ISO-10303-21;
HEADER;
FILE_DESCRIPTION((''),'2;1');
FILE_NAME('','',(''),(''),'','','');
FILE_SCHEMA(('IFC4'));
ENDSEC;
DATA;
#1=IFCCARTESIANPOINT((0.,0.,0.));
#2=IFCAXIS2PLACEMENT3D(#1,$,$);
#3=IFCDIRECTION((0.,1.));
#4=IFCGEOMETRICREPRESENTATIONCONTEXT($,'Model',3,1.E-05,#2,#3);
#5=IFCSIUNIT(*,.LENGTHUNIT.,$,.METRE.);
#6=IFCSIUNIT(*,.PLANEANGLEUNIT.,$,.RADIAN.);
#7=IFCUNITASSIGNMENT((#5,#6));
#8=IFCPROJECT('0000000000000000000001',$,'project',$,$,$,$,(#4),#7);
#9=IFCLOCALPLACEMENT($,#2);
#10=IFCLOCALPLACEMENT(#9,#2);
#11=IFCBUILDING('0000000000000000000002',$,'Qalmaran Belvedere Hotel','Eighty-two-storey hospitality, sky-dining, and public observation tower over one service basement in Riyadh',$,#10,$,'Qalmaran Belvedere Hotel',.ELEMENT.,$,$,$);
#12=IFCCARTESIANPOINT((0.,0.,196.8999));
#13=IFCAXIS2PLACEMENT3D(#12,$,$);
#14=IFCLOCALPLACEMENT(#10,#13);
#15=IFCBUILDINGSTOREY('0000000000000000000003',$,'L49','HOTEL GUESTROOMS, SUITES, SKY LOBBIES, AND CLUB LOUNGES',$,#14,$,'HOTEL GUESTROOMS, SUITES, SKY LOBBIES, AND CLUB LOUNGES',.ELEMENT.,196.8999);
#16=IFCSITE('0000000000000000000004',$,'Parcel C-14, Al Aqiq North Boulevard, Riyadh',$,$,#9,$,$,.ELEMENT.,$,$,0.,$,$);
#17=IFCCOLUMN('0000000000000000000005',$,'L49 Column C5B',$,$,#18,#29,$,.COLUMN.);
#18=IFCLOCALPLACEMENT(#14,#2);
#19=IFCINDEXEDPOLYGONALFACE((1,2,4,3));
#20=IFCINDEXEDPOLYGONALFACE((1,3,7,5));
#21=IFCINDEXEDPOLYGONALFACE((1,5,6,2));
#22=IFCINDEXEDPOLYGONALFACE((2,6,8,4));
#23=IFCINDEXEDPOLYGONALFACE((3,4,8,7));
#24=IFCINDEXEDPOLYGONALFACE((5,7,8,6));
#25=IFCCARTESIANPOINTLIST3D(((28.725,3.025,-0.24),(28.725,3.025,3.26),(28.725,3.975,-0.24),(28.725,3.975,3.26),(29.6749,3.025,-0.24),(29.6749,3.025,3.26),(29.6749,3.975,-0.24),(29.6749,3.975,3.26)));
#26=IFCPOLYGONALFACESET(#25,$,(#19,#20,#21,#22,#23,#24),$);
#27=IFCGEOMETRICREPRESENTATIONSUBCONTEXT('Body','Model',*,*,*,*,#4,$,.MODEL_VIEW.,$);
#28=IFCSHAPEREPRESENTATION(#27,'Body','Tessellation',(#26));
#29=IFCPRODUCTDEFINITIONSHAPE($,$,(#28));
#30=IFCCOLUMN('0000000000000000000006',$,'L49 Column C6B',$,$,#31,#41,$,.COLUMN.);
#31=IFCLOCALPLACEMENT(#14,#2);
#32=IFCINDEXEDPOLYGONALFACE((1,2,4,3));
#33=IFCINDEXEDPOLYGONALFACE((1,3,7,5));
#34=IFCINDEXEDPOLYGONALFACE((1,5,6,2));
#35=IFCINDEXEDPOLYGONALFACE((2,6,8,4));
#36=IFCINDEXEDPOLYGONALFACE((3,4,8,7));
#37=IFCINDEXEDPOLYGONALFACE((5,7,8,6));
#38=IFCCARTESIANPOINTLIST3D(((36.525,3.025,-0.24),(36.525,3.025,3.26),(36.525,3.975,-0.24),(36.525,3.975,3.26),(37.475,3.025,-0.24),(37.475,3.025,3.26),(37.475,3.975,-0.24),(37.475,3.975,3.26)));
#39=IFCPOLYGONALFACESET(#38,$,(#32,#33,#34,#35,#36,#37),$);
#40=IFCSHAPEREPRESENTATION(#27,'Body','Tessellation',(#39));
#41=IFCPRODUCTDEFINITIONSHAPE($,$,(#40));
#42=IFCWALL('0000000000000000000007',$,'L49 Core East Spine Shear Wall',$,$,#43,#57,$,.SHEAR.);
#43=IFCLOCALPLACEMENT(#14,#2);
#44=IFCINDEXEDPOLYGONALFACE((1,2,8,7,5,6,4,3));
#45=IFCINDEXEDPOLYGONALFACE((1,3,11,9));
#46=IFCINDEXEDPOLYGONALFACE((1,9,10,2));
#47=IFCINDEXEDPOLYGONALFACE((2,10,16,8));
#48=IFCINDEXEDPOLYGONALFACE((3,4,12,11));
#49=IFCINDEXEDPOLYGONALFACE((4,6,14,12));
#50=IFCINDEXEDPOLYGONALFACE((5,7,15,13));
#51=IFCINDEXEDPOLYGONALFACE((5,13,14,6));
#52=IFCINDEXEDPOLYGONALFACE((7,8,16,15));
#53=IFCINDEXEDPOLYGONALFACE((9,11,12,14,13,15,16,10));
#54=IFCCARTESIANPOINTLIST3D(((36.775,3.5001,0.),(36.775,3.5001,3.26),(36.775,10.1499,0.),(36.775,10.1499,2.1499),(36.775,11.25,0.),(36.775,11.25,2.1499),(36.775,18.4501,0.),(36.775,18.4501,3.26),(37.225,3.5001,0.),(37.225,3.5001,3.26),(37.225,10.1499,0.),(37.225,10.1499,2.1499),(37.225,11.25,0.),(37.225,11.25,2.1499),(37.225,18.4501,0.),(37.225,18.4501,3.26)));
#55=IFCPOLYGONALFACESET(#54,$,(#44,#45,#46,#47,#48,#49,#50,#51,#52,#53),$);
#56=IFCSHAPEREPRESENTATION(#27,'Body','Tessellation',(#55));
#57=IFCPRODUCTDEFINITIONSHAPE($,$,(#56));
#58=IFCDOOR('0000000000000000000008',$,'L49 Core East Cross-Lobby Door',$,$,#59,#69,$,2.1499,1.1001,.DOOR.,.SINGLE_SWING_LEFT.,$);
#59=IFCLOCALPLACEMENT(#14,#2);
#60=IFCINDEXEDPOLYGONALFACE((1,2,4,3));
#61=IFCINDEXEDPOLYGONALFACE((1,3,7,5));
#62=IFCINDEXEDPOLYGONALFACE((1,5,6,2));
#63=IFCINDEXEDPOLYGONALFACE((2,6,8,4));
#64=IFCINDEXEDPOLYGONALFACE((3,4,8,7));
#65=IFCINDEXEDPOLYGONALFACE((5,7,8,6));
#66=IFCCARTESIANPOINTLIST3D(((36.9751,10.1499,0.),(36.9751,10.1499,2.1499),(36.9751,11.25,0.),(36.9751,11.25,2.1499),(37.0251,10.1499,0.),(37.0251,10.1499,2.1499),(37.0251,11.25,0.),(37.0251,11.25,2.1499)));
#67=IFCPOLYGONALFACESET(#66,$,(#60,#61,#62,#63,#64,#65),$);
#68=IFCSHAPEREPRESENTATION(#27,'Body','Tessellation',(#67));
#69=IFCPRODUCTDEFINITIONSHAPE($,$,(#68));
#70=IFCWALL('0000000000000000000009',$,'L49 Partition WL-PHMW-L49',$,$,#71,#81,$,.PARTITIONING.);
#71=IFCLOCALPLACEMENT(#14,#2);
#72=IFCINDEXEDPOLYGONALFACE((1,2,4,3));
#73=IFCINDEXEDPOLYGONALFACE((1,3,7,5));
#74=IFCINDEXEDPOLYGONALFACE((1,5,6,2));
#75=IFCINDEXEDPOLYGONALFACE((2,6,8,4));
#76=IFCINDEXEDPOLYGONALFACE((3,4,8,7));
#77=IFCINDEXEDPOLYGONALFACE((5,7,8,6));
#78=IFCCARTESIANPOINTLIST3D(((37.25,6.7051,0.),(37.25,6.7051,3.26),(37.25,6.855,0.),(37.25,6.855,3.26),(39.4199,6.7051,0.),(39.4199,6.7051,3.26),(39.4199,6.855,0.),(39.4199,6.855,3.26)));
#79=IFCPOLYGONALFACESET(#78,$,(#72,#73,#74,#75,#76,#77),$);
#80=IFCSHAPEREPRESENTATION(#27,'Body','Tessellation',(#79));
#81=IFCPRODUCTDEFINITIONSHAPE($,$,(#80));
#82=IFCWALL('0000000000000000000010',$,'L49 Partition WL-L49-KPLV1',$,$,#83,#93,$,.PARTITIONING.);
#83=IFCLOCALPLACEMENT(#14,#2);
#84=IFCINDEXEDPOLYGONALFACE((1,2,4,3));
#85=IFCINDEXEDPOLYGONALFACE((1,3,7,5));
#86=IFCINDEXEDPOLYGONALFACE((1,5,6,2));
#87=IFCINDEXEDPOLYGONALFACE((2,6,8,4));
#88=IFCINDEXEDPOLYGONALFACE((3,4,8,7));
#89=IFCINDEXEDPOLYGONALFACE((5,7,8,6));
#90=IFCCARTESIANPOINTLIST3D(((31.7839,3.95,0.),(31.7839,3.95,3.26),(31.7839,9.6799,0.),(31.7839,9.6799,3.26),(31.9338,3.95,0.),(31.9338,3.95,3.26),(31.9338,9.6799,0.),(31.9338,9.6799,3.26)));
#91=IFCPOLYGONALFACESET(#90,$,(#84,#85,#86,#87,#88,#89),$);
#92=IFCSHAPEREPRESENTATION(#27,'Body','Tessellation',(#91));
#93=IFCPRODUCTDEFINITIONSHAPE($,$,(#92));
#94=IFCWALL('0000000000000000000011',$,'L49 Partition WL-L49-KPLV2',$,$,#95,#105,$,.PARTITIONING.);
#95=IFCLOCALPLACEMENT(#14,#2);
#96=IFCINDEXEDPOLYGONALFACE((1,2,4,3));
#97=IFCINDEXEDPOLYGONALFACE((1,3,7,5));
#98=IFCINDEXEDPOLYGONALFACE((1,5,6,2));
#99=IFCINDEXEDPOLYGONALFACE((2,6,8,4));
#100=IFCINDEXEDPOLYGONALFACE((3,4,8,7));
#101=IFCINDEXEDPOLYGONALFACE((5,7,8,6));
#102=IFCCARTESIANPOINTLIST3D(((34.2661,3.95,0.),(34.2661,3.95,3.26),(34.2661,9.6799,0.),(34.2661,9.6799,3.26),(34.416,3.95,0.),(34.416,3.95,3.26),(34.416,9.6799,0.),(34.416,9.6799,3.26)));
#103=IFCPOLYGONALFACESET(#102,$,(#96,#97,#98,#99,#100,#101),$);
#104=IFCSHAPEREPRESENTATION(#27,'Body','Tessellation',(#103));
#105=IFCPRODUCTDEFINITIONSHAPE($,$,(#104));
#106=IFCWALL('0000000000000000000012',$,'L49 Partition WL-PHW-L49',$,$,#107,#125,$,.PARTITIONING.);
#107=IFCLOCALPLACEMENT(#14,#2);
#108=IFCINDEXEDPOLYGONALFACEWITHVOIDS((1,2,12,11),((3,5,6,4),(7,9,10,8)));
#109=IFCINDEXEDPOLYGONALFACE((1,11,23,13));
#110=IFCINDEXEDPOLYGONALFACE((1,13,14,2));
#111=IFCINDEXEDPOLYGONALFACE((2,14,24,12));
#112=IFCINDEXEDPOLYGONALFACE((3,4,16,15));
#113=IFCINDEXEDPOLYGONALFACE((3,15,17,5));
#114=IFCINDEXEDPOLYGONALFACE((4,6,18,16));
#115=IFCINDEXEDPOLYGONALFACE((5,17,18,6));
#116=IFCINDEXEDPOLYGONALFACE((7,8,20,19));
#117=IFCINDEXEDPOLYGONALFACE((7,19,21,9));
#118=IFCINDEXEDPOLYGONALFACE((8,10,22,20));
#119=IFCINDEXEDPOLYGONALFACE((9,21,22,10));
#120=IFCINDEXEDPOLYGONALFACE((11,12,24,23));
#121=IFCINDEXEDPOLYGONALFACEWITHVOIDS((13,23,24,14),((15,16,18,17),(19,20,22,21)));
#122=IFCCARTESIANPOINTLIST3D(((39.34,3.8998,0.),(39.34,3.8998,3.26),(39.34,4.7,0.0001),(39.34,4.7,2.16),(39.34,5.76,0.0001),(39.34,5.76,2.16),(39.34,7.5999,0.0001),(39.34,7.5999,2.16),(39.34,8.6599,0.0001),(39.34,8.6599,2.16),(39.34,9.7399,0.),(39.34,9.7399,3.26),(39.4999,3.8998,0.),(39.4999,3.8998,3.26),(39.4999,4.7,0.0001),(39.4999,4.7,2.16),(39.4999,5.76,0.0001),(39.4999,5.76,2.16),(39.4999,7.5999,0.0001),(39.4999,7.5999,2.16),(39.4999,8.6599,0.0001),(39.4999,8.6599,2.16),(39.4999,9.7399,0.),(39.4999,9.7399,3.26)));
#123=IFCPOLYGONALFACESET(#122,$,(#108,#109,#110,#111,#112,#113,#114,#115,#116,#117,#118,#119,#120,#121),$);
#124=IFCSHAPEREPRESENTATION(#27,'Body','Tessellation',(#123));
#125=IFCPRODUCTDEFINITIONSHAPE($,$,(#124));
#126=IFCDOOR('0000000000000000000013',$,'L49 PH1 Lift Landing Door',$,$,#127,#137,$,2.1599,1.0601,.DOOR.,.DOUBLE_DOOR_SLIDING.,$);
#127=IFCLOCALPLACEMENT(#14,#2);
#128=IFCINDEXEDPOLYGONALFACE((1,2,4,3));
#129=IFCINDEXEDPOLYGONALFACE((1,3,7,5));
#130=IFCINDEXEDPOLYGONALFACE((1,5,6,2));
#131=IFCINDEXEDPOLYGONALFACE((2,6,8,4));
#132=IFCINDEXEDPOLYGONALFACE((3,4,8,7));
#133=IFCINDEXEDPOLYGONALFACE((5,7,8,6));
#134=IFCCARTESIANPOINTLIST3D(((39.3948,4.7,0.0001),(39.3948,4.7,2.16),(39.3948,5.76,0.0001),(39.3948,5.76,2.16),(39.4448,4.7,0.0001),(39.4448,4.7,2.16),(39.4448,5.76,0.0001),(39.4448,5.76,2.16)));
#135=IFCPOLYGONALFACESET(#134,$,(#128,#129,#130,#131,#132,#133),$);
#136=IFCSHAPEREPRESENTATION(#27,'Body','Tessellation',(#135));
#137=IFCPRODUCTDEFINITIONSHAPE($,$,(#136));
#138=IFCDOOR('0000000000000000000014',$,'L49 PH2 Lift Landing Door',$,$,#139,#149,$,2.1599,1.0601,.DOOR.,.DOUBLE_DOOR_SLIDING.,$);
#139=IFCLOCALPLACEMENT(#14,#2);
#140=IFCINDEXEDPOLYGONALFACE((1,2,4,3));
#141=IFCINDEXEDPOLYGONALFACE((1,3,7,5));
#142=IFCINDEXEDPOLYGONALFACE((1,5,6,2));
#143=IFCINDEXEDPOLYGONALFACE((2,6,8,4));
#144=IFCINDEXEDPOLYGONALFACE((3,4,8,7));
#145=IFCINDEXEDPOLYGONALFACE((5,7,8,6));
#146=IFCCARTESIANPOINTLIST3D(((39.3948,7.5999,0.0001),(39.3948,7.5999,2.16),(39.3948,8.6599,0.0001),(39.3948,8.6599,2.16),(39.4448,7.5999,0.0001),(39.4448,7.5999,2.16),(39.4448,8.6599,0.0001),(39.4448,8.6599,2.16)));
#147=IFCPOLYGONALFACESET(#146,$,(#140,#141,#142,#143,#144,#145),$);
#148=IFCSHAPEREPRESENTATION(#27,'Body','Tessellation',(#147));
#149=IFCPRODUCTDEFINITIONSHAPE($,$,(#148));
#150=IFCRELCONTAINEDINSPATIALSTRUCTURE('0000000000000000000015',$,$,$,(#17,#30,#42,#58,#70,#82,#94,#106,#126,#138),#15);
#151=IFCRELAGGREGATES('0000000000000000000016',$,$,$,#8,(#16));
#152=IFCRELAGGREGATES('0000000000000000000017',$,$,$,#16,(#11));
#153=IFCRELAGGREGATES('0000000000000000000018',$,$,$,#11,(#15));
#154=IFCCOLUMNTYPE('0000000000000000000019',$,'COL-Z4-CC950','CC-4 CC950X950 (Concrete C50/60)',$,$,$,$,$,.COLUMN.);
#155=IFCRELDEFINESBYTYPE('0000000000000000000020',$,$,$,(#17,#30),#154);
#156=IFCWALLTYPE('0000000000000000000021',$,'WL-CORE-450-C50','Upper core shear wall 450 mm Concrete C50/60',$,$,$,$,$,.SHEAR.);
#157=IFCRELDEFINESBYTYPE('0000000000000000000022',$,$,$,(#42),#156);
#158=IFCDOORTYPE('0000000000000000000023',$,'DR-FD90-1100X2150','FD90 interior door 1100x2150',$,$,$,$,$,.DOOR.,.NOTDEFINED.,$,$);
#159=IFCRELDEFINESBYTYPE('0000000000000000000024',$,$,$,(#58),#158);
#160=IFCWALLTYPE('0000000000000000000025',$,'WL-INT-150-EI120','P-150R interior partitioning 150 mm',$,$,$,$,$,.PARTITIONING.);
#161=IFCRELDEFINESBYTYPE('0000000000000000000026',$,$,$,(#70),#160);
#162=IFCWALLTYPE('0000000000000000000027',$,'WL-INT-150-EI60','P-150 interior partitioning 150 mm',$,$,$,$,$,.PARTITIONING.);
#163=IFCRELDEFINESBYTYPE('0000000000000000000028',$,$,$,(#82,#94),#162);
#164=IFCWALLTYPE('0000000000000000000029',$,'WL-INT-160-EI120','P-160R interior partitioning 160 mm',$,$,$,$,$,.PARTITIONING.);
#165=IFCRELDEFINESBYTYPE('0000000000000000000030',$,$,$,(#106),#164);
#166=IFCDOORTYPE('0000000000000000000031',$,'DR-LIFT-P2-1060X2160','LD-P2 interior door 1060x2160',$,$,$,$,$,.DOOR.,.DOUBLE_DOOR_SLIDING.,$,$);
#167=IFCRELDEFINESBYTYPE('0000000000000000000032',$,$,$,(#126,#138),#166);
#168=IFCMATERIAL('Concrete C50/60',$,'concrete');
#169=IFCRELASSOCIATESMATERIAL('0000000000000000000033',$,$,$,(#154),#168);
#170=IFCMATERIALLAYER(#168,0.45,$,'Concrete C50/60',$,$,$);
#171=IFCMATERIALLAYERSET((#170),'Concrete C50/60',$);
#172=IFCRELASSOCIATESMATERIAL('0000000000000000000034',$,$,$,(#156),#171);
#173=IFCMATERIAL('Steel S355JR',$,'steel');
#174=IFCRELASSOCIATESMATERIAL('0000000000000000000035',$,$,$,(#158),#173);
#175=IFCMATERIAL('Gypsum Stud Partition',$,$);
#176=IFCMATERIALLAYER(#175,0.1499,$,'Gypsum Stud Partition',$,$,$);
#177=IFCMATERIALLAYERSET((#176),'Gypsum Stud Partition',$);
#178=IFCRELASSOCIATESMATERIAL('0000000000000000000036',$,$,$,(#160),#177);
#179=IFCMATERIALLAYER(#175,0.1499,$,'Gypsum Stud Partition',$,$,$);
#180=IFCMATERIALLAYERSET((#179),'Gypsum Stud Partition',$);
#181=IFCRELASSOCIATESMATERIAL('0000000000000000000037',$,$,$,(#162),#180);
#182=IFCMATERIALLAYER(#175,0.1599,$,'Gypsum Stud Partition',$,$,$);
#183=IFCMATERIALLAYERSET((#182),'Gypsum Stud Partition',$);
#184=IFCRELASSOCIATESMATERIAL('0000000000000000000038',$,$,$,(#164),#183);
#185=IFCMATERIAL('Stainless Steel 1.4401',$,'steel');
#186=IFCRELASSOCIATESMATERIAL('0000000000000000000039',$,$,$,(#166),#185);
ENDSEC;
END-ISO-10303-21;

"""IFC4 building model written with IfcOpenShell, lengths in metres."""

from ifc_helpers import new_model, si_unit, direction, frame, frame_2d, origin, origin_2d, place, context, subcontext, project, spatial, rectangle, extrude, material, layer, layer_set, material_profile, profile_set, type_object, element, fill, save


model = new_model("IFC4")

# Units and contexts
model_context = context("Model", 3, precision=1e-05, world=origin(), true_north=direction((0.0, 1.0)))
body_context = subcontext(model_context, "Body", "Model", "MODEL_VIEW")
ifc_project = project(units=[si_unit("LENGTHUNIT", "METRE"), si_unit("PLANEANGLEUNIT", "RADIAN")], contexts=[model_context])

# Site, building, storey
site_placement = place(None, origin())
site = spatial("IfcSite", under=ifc_project, at=site_placement, Name="Parcel C-14, Al Aqiq North Boulevard, Riyadh", CompositionType="ELEMENT", RefElevation=0.0)
building_placement = place(site_placement, origin())
building = spatial("IfcBuilding", under=site, at=building_placement, Name="Qalmaran Belvedere Hotel", Description="Eighty-two-storey hospitality, sky-dining, and public observation tower over one service basement in Riyadh", LongName="Qalmaran Belvedere Hotel", CompositionType="ELEMENT")
storey_placement = place(building_placement, frame((0.0, 0.0, 196.8999)))
storey = spatial("IfcBuildingStorey", under=building, at=storey_placement, Name="L49", Description="HOTEL GUESTROOMS, SUITES, SKY LOBBIES, AND CLUB LOUNGES", LongName="HOTEL GUESTROOMS, SUITES, SKY LOBBIES, AND CLUB LOUNGES", CompositionType="ELEMENT", Elevation=196.8999)

# Columns
ifc_material_1 = material(Name="Concrete C50/60", Category="concrete")
ifc_material_profile = material_profile(ifc_material_1, rectangle(XDim=0.95, YDim=0.95, at=origin_2d()), Name="CC950X950")
ifc_profile_set = profile_set([ifc_material_profile], Name="Concrete C50/60")
column_type = type_object("IfcColumnType", Name="COL-Z4-CC950", Description="CC-4 CC950X950 (Concrete C50/60)", PredefinedType="COLUMN", material=ifc_profile_set)
for number, where, z_axis, x_axis, name in (
    (1, (29.2, 3.5, -0.24), (0.0, 0.0, 1.0), (1.0, 0.0, 0.0), "L49 Column C5B"),
    (2, (37.0, 3.5, -0.24), (0.0, 0.0, 1.0), (1.0, 0.0, 0.0), "L49 Column C6B"),
):
    element("IfcColumn", number, at=place(storey_placement, frame(where, z_axis=z_axis, x_axis=x_axis)), inside=storey, type_object=column_type, Name=name, PredefinedType="COLUMN", context=body_context, shape_type="SweptSolid", body=[
        extrude(rectangle(XDim=0.95, YDim=0.95, at=origin_2d()), origin(), (0.0, 0.0, 1.0), 3.5),
    ])

# Wall, opening, door
ifc_layer_1 = layer(ifc_material_1, 0.45, Name="Concrete C50/60")
ifc_layer_set_1 = layer_set([ifc_layer_1], Name="Concrete C50/60")
wall_type_1 = type_object("IfcWallType", Name="WL-CORE-450-C50", Description="Upper core shear wall 450 mm Concrete C50/60", PredefinedType="SHEAR", material=ifc_layer_set_1)
wall_1_placement = place(storey_placement, frame((37.0, 3.5, 0.0), z_axis=(0.0, 0.0, 1.0), x_axis=(0.0, 1.0, 0.0)))
wall_1 = element("IfcWall", 3, at=wall_1_placement, inside=storey, type_object=wall_type_1, Name="L49 Core East Spine Shear Wall", PredefinedType="SHEAR", context=body_context, shape_type="SweptSolid", body=[
    extrude(rectangle(XDim=14.95, YDim=0.45, at=frame_2d((7.4751, 0.0))), origin(), (0.0, 0.0, 1.0), 3.26),
])
opening_1_placement = place(wall_1_placement, frame((6.6499, 0.0, 0.0)))
opening_1 = element("IfcOpeningElement", 4, at=opening_1_placement, cuts=wall_1, PredefinedType="OPENING", context=body_context, shape_type="SweptSolid", body=[
    extrude(rectangle(XDim=1.1001, YDim=2.1499, at=frame_2d((0.55, 1.075))), frame((0.0, 0.2349, 0.0), z_axis=(0.0, -1.0, 0.0), x_axis=(1.0, 0.0, 0.0)), (0.0, 0.0, 1.0), 0.47),
])
ifc_material_2 = material(Name="Steel S355JR", Category="steel")
door_type_1 = type_object("IfcDoorType", Name="DR-FD90-1100X2150", Description="FD90 interior door 1100x2150", OperationType="NOTDEFINED", PredefinedType="DOOR", material=ifc_material_2)
door_1_placement = place(opening_1_placement, origin())
door_1 = element("IfcDoor", 5, at=door_1_placement, inside=storey, type_object=door_type_1, Name="L49 Core East Cross-Lobby Door", OperationType="SINGLE_SWING_LEFT", OverallHeight=2.1499, OverallWidth=1.1001, PredefinedType="DOOR", context=body_context, shape_type="SweptSolid", body=[
    extrude(rectangle(XDim=1.1001, YDim=2.1499, at=frame_2d((0.55, 1.075))), frame((0.0, 0.0249, 0.0), z_axis=(0.0, -1.0, 0.0), x_axis=(1.0, 0.0, 0.0)), (0.0, 0.0, 1.0), 0.05),
])
fill(opening_1, door_1)

# Walls
ifc_material_3 = material(Name="Gypsum Stud Partition")
ifc_layer_2 = layer(ifc_material_3, 0.1499, Name="Gypsum Stud Partition")
ifc_layer_set_2 = layer_set([ifc_layer_2], Name="Gypsum Stud Partition")
wall_type_2 = type_object("IfcWallType", Name="WL-INT-150-EI120", Description="P-150R interior partitioning 150 mm", PredefinedType="PARTITIONING", material=ifc_layer_set_2)
wall_2_placement = place(storey_placement, frame((37.25, 6.78, 0.0), z_axis=(0.0, 0.0, 1.0), x_axis=(1.0, 0.0, 0.0)))
element("IfcWall", 6, at=wall_2_placement, inside=storey, type_object=wall_type_2, Name="L49 Partition WL-PHMW-L49", PredefinedType="PARTITIONING", context=body_context, shape_type="SweptSolid", body=[
    extrude(rectangle(XDim=2.1699, YDim=0.1499, at=frame_2d((1.085, 0.0))), origin(), (0.0, 0.0, 1.0), 3.26),
])
ifc_layer_3 = layer(ifc_material_3, 0.1499, Name="Gypsum Stud Partition")
ifc_layer_set_3 = layer_set([ifc_layer_3], Name="Gypsum Stud Partition")
wall_type_3 = type_object("IfcWallType", Name="WL-INT-150-EI60", Description="P-150 interior partitioning 150 mm", PredefinedType="PARTITIONING", material=ifc_layer_set_3)
for number, where, z_axis, x_axis, name in (
    (7, (31.8589, 3.95, 0.0), (0.0, 0.0, 1.0), (0.0, 1.0, 0.0), "L49 Partition WL-L49-KPLV1"),
    (8, (34.3411, 3.95, 0.0), (0.0, 0.0, 1.0), (0.0, 1.0, 0.0), "L49 Partition WL-L49-KPLV2"),
):
    element("IfcWall", number, at=place(storey_placement, frame(where, z_axis=z_axis, x_axis=x_axis)), inside=storey, type_object=wall_type_3, Name=name, PredefinedType="PARTITIONING", context=body_context, shape_type="SweptSolid", body=[
        extrude(rectangle(XDim=5.73, YDim=0.1499, at=frame_2d((2.865, 0.0))), origin(), (0.0, 0.0, 1.0), 3.26),
    ])

# Wall, openings, doors
ifc_layer_4 = layer(ifc_material_3, 0.1599, Name="Gypsum Stud Partition")
ifc_layer_set_4 = layer_set([ifc_layer_4], Name="Gypsum Stud Partition")
wall_type_4 = type_object("IfcWallType", Name="WL-INT-160-EI120", Description="P-160R interior partitioning 160 mm", PredefinedType="PARTITIONING", material=ifc_layer_set_4)
wall_3_placement = place(storey_placement, frame((39.4199, 3.8999, 0.0), z_axis=(0.0, 0.0, 1.0), x_axis=(0.0, 1.0, 0.0)))
wall_3 = element("IfcWall", 9, at=wall_3_placement, inside=storey, type_object=wall_type_4, Name="L49 Partition WL-PHW-L49", PredefinedType="PARTITIONING", context=body_context, shape_type="SweptSolid", body=[
    extrude(rectangle(XDim=5.8401, YDim=0.1599, at=frame_2d((2.9199, 0.0))), origin(), (0.0, 0.0, 1.0), 3.26),
])
opening_2_placement = place(wall_3_placement, frame((1.8601, 0.0, 0.0), z_axis=(0.0, 0.0, 1.0), x_axis=(-1.0, 0.0, 0.0)))
opening_2 = element("IfcOpeningElement", 10, at=opening_2_placement, cuts=wall_3, PredefinedType="OPENING", context=body_context, shape_type="SweptSolid", body=[
    extrude(rectangle(XDim=1.0601, YDim=2.1599, at=frame_2d((0.53, 1.0801))), frame((0.0, 0.0898, 0.0), z_axis=(0.0, -1.0, 0.0), x_axis=(1.0, 0.0, 0.0)), (0.0, 0.0, 1.0), 0.1799),
])
opening_3_placement = place(wall_3_placement, frame((4.76, 0.0, 0.0), z_axis=(0.0, 0.0, 1.0), x_axis=(-1.0, 0.0, 0.0)))
opening_3 = element("IfcOpeningElement", 11, at=opening_3_placement, cuts=wall_3, PredefinedType="OPENING", context=body_context, shape_type="SweptSolid", body=[
    extrude(rectangle(XDim=1.0601, YDim=2.1599, at=frame_2d((0.53, 1.0801))), frame((0.0, 0.0898, 0.0), z_axis=(0.0, -1.0, 0.0), x_axis=(1.0, 0.0, 0.0)), (0.0, 0.0, 1.0), 0.1799),
])
ifc_material_4 = material(Name="Stainless Steel 1.4401", Category="steel")
door_type_2 = type_object("IfcDoorType", Name="DR-LIFT-P2-1060X2160", Description="LD-P2 interior door 1060x2160", OperationType="DOUBLE_DOOR_SLIDING", PredefinedType="DOOR", material=ifc_material_4)
door_2_placement = place(opening_2_placement, origin())
door_2 = element("IfcDoor", 12, at=door_2_placement, inside=storey, type_object=door_type_2, Name="L49 PH1 Lift Landing Door", OperationType="DOUBLE_DOOR_SLIDING", OverallHeight=2.1599, OverallWidth=1.0601, PredefinedType="DOOR", context=body_context, shape_type="SweptSolid", body=[
    extrude(rectangle(XDim=1.0601, YDim=2.1599, at=frame_2d((0.53, 1.0801))), frame((0.0, 0.0249, 0.0), z_axis=(0.0, -1.0, 0.0), x_axis=(1.0, 0.0, 0.0)), (0.0, 0.0, 1.0), 0.05),
])
fill(opening_2, door_2)
door_3_placement = place(opening_3_placement, origin())
door_3 = element("IfcDoor", 13, at=door_3_placement, inside=storey, type_object=door_type_2, Name="L49 PH2 Lift Landing Door", OperationType="DOUBLE_DOOR_SLIDING", OverallHeight=2.1599, OverallWidth=1.0601, PredefinedType="DOOR", context=body_context, shape_type="SweptSolid", body=[
    extrude(rectangle(XDim=1.0601, YDim=2.1599, at=frame_2d((0.53, 1.0801))), frame((0.0, 0.0249, 0.0), z_axis=(0.0, -1.0, 0.0), x_axis=(1.0, 0.0, 0.0)), (0.0, 0.0, 1.0), 0.05),
])
fill(opening_3, door_3)

save(model, "model.ifc")
